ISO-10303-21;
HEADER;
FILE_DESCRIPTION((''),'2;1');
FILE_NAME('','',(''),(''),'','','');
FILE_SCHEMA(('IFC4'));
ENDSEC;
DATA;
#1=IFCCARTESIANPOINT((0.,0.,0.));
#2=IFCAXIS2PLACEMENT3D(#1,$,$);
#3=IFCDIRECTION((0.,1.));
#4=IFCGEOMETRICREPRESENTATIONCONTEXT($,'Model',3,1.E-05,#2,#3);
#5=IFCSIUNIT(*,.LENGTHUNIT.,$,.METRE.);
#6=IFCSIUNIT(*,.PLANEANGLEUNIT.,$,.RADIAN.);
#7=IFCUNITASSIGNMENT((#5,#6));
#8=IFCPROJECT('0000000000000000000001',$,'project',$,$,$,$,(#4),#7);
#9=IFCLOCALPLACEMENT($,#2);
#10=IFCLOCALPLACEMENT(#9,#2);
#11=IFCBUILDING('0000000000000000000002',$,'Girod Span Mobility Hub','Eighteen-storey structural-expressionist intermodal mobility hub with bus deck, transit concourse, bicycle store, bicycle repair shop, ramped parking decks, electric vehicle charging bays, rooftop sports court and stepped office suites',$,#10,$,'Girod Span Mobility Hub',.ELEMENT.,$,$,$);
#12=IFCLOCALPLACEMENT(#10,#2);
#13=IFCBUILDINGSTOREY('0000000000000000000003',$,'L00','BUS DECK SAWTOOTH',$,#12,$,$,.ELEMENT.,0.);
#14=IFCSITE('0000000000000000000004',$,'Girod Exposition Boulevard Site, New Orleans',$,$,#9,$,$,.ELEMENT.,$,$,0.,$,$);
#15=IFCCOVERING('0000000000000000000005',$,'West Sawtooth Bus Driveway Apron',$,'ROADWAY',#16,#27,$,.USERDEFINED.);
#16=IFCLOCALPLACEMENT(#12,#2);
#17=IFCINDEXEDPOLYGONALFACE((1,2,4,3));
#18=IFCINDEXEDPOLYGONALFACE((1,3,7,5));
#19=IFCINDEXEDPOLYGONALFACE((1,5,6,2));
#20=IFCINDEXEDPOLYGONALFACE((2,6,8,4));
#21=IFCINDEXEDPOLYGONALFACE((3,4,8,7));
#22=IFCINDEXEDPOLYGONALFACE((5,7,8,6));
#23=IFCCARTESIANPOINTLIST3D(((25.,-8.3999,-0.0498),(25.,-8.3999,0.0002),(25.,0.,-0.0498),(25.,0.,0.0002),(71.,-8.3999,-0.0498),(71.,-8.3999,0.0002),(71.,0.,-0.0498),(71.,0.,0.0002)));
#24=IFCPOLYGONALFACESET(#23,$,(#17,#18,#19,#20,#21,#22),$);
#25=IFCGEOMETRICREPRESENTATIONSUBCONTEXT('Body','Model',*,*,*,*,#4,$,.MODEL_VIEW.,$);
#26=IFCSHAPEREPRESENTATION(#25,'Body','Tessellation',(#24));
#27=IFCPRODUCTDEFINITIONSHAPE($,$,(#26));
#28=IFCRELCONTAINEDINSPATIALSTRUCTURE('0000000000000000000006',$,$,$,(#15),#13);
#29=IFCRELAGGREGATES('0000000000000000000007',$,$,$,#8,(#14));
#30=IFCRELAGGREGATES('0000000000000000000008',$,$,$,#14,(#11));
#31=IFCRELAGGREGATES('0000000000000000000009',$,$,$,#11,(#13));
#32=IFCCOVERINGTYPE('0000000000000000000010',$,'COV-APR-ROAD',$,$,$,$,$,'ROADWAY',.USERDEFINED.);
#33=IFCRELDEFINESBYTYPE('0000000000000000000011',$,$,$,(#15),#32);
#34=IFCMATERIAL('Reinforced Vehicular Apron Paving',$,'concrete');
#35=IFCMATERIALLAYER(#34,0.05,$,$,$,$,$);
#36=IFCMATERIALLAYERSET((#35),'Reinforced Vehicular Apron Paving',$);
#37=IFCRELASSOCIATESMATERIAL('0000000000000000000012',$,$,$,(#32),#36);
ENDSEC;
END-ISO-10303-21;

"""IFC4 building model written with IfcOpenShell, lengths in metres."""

from ifc_helpers import new_model, si_unit, direction, frame, origin, origin_2d, place, context, subcontext, project, spatial, rectangle, extrude, material, layer, layer_set, type_object, element, save


model = new_model("IFC4")

# Units and contexts
model_context = context("Model", 3, precision=1e-05, world=origin(), true_north=direction((0.0, 1.0)))
body_context = subcontext(model_context, "Body", "Model", "MODEL_VIEW")
ifc_project = project(units=[si_unit("LENGTHUNIT", "METRE"), si_unit("PLANEANGLEUNIT", "RADIAN")], contexts=[model_context])

# Site, building, storey
site_placement = place(None, origin())
site = spatial("IfcSite", under=ifc_project, at=site_placement, Name="Girod Exposition Boulevard Site, New Orleans", CompositionType="ELEMENT", RefElevation=0.0)
building_placement = place(site_placement, origin())
building = spatial("IfcBuilding", under=site, at=building_placement, Name="Girod Span Mobility Hub", Description="Eighteen-storey structural-expressionist intermodal mobility hub with bus deck, transit concourse, bicycle store, bicycle repair shop, ramped parking decks, electric vehicle charging bays, rooftop sports court and stepped office suites", LongName="Girod Span Mobility Hub", CompositionType="ELEMENT")
storey_placement = place(building_placement, origin())
storey = spatial("IfcBuildingStorey", under=building, at=storey_placement, Name="L00", Description="BUS DECK SAWTOOTH", CompositionType="ELEMENT", Elevation=0.0)

# Covering
ifc_material_1 = material(Name="Reinforced Vehicular Apron Paving", Category="concrete")
ifc_layer = layer(ifc_material_1, 0.05)
ifc_layer_set = layer_set([ifc_layer], Name="Reinforced Vehicular Apron Paving")
covering_type = type_object("IfcCoveringType", Name="COV-APR-ROAD", ElementType="ROADWAY", PredefinedType="USERDEFINED", material=ifc_layer_set)
covering_placement = place(storey_placement, frame((48.0, -4.2, -0.0498), z_axis=(0.0, 0.0, 1.0), x_axis=(1.0, 0.0, 0.0)))
element("IfcCovering", 1, at=covering_placement, inside=storey, type_object=covering_type, Name="West Sawtooth Bus Driveway Apron", ObjectType="ROADWAY", PredefinedType="USERDEFINED", context=body_context, shape_type="SweptSolid", body=[
    extrude(rectangle(XDim=46.0, YDim=8.3999, at=origin_2d()), origin(), (0.0, 0.0, 1.0), 0.05),
])

save(model, "model.ifc")
